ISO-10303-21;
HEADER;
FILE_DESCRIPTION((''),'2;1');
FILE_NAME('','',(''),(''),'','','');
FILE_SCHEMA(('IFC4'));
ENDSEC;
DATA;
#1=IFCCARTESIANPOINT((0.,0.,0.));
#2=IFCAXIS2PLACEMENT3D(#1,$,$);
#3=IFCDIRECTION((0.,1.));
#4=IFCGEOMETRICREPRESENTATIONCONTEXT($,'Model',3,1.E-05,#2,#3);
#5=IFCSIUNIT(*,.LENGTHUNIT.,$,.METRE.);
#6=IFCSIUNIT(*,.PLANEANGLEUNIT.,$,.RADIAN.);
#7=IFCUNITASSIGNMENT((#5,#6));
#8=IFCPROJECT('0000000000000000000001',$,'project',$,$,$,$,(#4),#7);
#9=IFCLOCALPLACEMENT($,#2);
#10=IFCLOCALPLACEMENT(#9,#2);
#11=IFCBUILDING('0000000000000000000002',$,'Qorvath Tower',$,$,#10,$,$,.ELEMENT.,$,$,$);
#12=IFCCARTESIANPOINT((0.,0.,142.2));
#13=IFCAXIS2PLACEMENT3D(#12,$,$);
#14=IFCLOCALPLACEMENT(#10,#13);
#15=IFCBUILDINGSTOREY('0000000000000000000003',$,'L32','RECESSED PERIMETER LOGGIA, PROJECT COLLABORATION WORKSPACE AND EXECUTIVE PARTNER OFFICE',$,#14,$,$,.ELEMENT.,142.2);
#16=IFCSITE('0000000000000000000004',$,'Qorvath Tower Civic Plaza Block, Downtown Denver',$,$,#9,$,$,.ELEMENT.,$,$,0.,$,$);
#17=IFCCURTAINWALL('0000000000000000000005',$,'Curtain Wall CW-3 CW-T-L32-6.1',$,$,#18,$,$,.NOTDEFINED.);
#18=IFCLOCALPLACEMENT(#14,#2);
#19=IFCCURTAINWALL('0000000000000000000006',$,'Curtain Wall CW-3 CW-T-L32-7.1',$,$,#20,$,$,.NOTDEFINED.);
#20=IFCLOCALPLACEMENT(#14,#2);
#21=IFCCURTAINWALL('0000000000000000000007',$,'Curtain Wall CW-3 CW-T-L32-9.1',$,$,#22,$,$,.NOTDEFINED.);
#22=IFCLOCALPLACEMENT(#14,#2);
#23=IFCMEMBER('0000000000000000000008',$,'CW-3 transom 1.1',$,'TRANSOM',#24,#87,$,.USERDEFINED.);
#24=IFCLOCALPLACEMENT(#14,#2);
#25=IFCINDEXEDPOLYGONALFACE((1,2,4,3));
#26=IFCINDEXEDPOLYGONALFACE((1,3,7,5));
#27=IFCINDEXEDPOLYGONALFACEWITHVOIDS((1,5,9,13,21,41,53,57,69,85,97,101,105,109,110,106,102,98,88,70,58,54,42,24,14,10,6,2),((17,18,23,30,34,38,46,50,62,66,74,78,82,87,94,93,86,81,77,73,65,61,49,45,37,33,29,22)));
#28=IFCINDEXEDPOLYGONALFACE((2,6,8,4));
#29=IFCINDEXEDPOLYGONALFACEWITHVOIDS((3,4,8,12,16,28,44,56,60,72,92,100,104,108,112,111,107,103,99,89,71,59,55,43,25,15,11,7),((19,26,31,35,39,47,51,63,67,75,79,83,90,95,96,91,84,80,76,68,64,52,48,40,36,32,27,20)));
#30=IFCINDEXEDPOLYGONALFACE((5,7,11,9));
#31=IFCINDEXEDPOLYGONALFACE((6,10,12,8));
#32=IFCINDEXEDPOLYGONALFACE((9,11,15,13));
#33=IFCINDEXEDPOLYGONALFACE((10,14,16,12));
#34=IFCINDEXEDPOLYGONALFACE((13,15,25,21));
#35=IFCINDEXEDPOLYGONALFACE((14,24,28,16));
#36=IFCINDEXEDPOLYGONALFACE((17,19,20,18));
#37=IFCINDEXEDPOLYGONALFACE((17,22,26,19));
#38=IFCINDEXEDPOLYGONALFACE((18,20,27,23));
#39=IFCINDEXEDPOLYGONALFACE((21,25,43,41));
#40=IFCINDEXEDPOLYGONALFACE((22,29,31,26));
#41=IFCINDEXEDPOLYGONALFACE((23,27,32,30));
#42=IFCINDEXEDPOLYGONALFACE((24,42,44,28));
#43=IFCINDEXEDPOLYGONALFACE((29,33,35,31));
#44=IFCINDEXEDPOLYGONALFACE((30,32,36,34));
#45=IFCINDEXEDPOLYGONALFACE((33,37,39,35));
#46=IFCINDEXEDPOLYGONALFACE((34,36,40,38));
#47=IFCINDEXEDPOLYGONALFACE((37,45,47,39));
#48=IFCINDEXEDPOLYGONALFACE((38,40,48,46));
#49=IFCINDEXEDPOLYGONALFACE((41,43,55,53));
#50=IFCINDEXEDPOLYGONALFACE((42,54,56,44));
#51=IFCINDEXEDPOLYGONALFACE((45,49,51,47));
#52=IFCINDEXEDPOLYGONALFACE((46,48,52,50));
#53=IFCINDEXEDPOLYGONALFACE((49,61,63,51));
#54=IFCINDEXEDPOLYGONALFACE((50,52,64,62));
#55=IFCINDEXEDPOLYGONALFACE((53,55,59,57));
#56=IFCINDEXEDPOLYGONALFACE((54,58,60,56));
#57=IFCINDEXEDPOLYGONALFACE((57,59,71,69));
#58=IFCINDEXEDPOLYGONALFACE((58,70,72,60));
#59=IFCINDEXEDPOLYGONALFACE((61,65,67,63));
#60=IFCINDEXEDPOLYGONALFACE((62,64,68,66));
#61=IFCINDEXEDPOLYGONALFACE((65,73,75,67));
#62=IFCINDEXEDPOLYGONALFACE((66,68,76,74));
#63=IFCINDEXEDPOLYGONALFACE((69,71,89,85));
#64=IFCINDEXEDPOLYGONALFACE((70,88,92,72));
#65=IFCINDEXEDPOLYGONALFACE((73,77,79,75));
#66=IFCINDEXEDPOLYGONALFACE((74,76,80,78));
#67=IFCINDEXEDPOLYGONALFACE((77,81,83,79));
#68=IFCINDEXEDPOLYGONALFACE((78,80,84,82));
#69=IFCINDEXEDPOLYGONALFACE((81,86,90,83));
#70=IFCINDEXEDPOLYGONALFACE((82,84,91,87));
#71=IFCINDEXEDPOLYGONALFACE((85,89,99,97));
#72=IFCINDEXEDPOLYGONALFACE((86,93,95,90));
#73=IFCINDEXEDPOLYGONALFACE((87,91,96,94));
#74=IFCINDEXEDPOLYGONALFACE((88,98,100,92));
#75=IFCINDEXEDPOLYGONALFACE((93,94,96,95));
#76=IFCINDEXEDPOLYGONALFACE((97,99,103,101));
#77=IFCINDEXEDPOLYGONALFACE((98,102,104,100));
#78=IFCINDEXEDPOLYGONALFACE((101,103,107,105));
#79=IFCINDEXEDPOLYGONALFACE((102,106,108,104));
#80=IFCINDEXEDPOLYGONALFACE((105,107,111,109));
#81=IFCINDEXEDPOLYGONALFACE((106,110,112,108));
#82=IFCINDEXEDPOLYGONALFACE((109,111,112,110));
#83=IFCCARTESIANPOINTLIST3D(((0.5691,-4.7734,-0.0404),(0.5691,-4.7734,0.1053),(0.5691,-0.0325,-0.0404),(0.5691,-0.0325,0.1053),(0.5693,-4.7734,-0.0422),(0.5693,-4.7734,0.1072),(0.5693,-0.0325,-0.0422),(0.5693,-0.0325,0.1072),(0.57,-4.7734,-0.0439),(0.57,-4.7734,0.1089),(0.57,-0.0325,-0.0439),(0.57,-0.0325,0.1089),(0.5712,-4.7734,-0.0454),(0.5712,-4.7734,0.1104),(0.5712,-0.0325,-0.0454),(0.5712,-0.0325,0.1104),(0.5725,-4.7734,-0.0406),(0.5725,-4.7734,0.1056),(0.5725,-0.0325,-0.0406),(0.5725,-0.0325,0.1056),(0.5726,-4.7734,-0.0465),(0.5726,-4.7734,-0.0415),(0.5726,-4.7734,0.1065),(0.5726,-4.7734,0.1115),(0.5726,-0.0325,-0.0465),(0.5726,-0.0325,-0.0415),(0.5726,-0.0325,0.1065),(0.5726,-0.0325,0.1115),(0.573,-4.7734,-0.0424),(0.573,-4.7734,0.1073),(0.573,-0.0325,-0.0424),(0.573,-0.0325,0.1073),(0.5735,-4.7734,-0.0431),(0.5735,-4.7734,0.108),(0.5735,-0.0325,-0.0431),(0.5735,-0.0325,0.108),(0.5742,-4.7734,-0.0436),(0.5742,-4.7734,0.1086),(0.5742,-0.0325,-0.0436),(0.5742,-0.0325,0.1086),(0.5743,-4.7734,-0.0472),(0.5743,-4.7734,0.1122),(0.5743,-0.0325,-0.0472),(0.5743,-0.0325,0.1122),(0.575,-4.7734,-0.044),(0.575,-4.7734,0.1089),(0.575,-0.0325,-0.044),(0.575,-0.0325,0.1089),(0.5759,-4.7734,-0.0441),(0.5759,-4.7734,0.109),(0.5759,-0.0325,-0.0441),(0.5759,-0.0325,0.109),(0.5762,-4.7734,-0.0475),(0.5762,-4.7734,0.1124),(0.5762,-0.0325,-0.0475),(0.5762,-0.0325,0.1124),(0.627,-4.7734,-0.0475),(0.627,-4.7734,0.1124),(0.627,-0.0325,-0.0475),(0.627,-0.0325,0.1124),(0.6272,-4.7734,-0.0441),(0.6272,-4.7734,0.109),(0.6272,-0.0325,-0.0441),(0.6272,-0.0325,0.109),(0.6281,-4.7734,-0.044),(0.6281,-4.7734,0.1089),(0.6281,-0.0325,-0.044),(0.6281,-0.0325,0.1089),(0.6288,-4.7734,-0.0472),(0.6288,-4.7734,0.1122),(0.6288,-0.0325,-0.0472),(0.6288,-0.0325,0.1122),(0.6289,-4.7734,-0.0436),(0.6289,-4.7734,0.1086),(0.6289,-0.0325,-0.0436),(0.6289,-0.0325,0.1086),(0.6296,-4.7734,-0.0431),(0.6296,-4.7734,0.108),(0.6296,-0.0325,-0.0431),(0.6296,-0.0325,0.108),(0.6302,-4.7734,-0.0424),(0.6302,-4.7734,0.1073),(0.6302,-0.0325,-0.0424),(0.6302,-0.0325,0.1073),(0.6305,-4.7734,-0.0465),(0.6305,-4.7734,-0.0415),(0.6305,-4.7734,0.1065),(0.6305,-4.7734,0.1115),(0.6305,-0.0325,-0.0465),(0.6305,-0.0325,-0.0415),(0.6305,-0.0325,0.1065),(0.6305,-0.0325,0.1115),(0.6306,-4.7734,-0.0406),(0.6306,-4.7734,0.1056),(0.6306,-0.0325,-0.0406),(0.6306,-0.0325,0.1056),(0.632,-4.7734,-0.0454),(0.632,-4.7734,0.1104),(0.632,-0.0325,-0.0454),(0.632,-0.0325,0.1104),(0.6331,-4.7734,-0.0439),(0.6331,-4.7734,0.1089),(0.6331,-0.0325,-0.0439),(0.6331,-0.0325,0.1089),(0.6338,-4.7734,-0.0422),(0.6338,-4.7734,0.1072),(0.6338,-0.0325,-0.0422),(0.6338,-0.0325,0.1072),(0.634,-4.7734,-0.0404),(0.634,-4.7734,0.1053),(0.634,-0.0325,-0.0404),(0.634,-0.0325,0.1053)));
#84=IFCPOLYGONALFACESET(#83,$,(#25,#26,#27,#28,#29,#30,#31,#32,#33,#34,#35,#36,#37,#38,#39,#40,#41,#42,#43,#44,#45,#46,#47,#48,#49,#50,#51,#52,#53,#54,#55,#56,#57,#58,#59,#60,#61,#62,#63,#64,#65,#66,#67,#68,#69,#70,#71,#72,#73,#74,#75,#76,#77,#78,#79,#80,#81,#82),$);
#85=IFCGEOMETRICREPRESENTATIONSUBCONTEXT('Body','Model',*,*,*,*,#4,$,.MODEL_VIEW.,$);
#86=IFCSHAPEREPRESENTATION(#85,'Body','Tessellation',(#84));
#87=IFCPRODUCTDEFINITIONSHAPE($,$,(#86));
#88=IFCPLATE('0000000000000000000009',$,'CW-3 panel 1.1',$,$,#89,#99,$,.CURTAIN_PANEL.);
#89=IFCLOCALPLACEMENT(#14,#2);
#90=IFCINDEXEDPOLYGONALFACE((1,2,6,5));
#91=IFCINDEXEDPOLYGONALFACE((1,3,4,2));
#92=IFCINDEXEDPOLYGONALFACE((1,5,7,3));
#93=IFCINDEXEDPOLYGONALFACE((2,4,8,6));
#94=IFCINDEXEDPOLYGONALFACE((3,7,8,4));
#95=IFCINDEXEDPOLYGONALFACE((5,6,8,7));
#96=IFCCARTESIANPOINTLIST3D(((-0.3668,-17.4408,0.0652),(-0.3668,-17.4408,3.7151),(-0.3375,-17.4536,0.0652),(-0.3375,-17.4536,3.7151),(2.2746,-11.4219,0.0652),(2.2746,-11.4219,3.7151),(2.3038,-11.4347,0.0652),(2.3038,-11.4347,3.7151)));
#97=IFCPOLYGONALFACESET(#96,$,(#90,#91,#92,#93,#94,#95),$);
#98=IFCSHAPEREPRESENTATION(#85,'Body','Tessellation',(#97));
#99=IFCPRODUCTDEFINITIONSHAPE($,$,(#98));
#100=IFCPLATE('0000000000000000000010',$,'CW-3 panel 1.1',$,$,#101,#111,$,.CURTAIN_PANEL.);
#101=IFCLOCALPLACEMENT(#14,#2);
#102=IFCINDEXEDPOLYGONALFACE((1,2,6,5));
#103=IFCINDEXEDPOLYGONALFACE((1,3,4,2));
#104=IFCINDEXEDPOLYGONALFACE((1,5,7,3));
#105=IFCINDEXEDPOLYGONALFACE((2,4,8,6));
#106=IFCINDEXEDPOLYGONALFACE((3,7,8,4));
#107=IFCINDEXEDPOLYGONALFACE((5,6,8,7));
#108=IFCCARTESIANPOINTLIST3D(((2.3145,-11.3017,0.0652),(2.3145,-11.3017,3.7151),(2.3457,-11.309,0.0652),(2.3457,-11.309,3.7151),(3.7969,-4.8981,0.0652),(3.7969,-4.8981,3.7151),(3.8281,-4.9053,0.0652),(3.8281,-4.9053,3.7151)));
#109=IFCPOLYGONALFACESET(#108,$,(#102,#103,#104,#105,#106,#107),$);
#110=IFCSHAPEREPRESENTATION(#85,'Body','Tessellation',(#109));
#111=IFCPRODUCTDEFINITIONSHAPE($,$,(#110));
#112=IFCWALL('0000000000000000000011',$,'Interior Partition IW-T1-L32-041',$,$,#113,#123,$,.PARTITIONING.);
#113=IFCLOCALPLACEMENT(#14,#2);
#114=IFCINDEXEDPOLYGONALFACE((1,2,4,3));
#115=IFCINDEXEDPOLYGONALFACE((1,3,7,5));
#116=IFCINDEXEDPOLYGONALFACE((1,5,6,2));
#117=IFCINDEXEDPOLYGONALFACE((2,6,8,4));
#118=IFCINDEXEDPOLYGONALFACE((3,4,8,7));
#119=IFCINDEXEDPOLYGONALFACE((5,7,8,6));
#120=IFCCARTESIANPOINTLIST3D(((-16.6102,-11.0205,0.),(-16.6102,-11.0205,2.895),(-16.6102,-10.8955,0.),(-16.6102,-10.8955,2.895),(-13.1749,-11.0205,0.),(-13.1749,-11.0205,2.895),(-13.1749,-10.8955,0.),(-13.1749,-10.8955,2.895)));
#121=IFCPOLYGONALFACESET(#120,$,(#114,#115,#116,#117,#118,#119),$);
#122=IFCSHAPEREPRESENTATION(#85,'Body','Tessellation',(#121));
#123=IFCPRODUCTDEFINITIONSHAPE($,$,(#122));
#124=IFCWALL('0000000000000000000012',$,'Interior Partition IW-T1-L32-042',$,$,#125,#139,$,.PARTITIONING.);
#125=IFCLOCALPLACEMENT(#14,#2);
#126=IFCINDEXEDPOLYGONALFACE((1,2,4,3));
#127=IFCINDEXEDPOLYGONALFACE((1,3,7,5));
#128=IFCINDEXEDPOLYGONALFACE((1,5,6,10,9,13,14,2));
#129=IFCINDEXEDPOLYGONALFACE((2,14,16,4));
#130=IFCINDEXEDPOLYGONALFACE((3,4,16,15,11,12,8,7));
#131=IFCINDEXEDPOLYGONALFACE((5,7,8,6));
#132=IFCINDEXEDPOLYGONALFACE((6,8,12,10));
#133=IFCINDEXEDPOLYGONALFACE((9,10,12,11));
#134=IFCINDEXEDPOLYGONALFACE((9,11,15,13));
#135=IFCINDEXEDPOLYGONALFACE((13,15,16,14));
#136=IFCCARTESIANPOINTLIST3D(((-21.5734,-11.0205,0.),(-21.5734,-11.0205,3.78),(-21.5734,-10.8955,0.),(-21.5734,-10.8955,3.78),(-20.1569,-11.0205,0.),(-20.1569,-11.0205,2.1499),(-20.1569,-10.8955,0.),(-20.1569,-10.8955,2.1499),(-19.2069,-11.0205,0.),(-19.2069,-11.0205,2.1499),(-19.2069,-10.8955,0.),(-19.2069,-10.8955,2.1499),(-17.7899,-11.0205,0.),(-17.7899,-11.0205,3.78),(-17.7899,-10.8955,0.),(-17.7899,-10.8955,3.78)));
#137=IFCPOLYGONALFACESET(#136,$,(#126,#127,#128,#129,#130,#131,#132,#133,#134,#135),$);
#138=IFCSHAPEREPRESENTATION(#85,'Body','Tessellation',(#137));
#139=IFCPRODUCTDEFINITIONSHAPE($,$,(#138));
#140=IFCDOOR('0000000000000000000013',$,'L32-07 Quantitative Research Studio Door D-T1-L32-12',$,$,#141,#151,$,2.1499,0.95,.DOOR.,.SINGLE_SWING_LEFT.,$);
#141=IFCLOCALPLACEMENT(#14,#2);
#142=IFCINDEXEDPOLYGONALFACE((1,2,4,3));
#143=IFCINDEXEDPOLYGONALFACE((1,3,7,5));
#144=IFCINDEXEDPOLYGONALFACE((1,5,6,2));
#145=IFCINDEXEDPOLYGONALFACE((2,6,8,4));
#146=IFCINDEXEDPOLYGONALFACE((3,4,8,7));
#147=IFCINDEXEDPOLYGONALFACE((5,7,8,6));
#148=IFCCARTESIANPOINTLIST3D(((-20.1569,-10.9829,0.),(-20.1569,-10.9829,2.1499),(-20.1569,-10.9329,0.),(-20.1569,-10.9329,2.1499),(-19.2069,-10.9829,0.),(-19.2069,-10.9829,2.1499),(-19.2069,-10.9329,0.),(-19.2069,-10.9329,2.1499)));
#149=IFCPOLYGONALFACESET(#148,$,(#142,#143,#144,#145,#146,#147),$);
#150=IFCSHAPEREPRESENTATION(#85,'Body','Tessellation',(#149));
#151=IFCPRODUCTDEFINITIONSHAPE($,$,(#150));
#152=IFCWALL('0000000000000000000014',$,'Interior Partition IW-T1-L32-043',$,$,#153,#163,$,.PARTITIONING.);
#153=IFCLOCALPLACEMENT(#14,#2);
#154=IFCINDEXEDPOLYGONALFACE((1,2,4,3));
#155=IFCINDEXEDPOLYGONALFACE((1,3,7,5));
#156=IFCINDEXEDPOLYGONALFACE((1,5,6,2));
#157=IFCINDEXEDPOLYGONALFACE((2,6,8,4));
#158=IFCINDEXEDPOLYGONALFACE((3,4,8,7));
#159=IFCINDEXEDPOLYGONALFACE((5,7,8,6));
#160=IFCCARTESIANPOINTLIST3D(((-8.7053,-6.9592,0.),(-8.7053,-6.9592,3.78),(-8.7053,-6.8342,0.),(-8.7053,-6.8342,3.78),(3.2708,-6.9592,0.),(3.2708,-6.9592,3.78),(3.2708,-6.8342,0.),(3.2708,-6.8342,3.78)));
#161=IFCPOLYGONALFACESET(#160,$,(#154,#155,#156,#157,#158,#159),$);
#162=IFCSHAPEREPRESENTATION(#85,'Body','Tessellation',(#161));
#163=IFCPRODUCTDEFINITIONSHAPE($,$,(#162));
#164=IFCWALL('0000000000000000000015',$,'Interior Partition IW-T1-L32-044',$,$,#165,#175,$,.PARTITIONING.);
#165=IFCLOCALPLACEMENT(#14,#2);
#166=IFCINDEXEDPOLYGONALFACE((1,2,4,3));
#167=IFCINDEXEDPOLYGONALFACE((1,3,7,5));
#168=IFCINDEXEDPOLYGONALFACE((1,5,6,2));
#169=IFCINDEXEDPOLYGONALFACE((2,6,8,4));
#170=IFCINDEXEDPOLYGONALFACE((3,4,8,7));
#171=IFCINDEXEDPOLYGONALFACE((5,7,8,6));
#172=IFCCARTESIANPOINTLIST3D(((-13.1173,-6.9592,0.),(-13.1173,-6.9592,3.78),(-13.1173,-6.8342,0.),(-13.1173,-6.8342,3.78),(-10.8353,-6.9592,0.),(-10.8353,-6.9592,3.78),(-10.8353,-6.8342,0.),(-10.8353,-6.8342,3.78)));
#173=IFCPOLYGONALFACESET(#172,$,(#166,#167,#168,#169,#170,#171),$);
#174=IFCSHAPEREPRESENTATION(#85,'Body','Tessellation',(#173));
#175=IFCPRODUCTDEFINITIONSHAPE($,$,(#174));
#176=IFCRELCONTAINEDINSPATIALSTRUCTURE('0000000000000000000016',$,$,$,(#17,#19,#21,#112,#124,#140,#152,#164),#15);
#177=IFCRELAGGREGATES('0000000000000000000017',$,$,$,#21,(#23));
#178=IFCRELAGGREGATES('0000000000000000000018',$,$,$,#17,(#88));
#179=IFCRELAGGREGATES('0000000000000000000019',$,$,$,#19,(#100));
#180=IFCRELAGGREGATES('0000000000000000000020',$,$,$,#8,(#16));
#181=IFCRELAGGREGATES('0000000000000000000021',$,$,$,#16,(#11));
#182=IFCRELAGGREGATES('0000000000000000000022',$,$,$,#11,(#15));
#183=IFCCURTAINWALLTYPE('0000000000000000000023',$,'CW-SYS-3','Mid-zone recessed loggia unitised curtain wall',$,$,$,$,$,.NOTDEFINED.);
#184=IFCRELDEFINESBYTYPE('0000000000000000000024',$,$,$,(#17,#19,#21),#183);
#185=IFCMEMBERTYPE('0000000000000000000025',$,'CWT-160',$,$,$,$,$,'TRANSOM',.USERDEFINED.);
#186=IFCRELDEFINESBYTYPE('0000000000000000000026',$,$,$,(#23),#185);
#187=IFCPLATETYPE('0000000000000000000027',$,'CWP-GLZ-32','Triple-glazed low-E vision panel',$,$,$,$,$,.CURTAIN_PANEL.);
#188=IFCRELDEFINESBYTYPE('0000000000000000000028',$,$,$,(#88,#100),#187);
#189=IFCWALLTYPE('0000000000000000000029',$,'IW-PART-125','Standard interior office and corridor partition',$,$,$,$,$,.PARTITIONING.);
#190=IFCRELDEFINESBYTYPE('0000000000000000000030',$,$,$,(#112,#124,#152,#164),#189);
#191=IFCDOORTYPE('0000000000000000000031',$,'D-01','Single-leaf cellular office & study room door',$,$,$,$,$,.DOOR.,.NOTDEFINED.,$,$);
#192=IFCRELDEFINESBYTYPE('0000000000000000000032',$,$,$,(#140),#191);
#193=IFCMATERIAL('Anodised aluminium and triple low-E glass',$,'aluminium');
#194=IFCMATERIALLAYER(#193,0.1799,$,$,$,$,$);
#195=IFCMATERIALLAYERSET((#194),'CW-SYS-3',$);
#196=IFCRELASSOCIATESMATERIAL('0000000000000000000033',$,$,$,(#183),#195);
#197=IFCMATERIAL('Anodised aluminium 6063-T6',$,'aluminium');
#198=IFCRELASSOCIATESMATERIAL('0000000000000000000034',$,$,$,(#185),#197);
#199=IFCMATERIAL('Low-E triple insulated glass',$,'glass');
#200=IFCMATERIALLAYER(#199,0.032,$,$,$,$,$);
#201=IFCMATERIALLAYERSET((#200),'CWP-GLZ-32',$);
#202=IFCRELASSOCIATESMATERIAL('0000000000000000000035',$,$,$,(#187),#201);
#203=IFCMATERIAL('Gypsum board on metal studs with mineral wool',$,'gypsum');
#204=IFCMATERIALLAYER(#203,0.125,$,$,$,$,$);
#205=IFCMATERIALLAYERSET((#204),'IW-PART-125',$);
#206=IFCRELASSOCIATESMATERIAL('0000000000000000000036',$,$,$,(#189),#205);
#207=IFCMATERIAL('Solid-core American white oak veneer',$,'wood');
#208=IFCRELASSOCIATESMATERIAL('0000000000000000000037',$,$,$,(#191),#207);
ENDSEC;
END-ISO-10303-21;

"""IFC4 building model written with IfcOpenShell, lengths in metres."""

from ifc_helpers import new_model, si_unit, direction, frame, frame_2d, origin, origin_2d, place, context, subcontext, project, spatial, rectangle, hollow_rectangle, extrude, material, layer, layer_set, material_profile, profile_set, type_object, element, fill, aggregate, save


model = new_model("IFC4")

# Units and contexts
model_context = context("Model", 3, precision=1e-05, world=origin(), true_north=direction((0.0, 1.0)))
body_context = subcontext(model_context, "Body", "Model", "MODEL_VIEW")
ifc_project = project(units=[si_unit("LENGTHUNIT", "METRE"), si_unit("PLANEANGLEUNIT", "RADIAN")], contexts=[model_context])

# Site, building, storey
site_placement = place(None, origin())
site = spatial("IfcSite", under=ifc_project, at=site_placement, Name="Qorvath Tower Civic Plaza Block, Downtown Denver", CompositionType="ELEMENT", RefElevation=0.0)
building_placement = place(site_placement, origin())
building = spatial("IfcBuilding", under=site, at=building_placement, Name="Qorvath Tower", CompositionType="ELEMENT")
storey_placement = place(building_placement, frame((0.0, 0.0, 142.2)))
storey = spatial("IfcBuildingStorey", under=building, at=storey_placement, Name="L32", Description="RECESSED PERIMETER LOGGIA, PROJECT COLLABORATION WORKSPACE AND EXECUTIVE PARTNER OFFICE", CompositionType="ELEMENT", Elevation=142.2)

# Curtain walls
ifc_material_1 = material(Name="Anodised aluminium and triple low-E glass", Category="aluminium")
ifc_layer_1 = layer(ifc_material_1, 0.1799)
ifc_layer_set_1 = layer_set([ifc_layer_1], Name="CW-SYS-3")
curtain_wall_type = type_object("IfcCurtainWallType", Name="CW-SYS-3", Description="Mid-zone recessed loggia unitised curtain wall", PredefinedType="NOTDEFINED", material=ifc_layer_set_1)
curtain_wall_1_placement = place(storey_placement, origin())
curtain_wall_1 = element("IfcCurtainWall", 1, at=curtain_wall_1_placement, inside=storey, type_object=curtain_wall_type, Name="Curtain Wall CW-3 CW-T-L32-6.1", PredefinedType="NOTDEFINED")
curtain_wall_2_placement = place(storey_placement, origin())
curtain_wall_2 = element("IfcCurtainWall", 2, at=curtain_wall_2_placement, inside=storey, type_object=curtain_wall_type, Name="Curtain Wall CW-3 CW-T-L32-7.1", PredefinedType="NOTDEFINED")

# Curtain wall
curtain_wall_3_placement = place(storey_placement, origin())
curtain_wall_3 = element("IfcCurtainWall", 3, at=curtain_wall_3_placement, inside=storey, type_object=curtain_wall_type, Name="Curtain Wall CW-3 CW-T-L32-9.1", PredefinedType="NOTDEFINED")

# Member
ifc_material_2 = material(Name="Anodised aluminium 6063-T6", Category="aluminium")
ifc_material_profile_1 = material_profile(ifc_material_2, hollow_rectangle(XDim=0.0649, YDim=0.1599, WallThickness=0.0034, InnerFilletRadius=0.0034, OuterFilletRadius=0.0071, at=origin_2d()), Name="CWT 160x65")
ifc_profile_set_1 = profile_set([ifc_material_profile_1], Name="Anodised aluminium 6063-T6")
member_type_1 = type_object("IfcMemberType", Name="CWT-160", ElementType="TRANSOM", PredefinedType="USERDEFINED", material=ifc_profile_set_1)
member_1_placement = place(storey_placement, frame((0.6016, -4.7734, 0.0325), z_axis=(0.0, 1.0, 0.0), x_axis=(-1.0, 0.0, 0.0)))
member_1 = element("IfcMember", 4, at=member_1_placement, type_object=member_type_1, Name="CW-3 transom 1.1", ObjectType="TRANSOM", PredefinedType="USERDEFINED", context=body_context, shape_type="SweptSolid", body=[
    extrude(hollow_rectangle(XDim=0.0649, YDim=0.1599, WallThickness=0.0034, InnerFilletRadius=0.0034, OuterFilletRadius=0.0071, at=origin_2d()), origin(), (0.0, 0.0, 1.0), 4.741),
])
aggregate(curtain_wall_3, [member_1])

# Plates
ifc_material_3 = material(Name="Low-E triple insulated glass", Category="glass")
ifc_layer_2 = layer(ifc_material_3, 0.032)
ifc_layer_set_2 = layer_set([ifc_layer_2], Name="CWP-GLZ-32")
plate_type = type_object("IfcPlateType", Name="CWP-GLZ-32", Description="Triple-glazed low-E vision panel", PredefinedType="CURTAIN_PANEL", material=ifc_layer_set_2)
plate_1_placement = place(storey_placement, frame((0.9685, -14.4377, 0.0652), z_axis=(0.0, 0.0, 1.0), x_axis=(0.401854, 0.915704, 0.0)))
plate_1 = element("IfcPlate", 5, at=plate_1_placement, type_object=plate_type, Name="CW-3 panel 1.1", PredefinedType="CURTAIN_PANEL", context=body_context, shape_type="SweptSolid", body=[
    extrude(rectangle(XDim=6.573, YDim=0.032, at=origin_2d()), origin(), (0.0, 0.0, 1.0), 3.6499),
])
aggregate(curtain_wall_1, [plate_1])
plate_2_placement = place(storey_placement, frame((3.0713, -8.1035, 0.0652), z_axis=(0.0, 0.0, 1.0), x_axis=(0.225526, 0.974237, 0.0)))
plate_2 = element("IfcPlate", 6, at=plate_2_placement, type_object=plate_type, Name="CW-3 panel 1.1", PredefinedType="CURTAIN_PANEL", context=body_context, shape_type="SweptSolid", body=[
    extrude(rectangle(XDim=6.573, YDim=0.032, at=origin_2d()), origin(), (0.0, 0.0, 1.0), 3.6499),
])
aggregate(curtain_wall_2, [plate_2])

# Wall
ifc_material_4 = material(Name="Gypsum board on metal studs with mineral wool", Category="gypsum")
ifc_layer_3 = layer(ifc_material_4, 0.125)
ifc_layer_set_3 = layer_set([ifc_layer_3], Name="IW-PART-125")
wall_type_1 = type_object("IfcWallType", Name="IW-PART-125", Description="Standard interior office and corridor partition", PredefinedType="PARTITIONING", material=ifc_layer_set_3)
wall_1_placement = place(storey_placement, frame((-13.1748, -10.958, 0.0), z_axis=(0.0, 0.0, 1.0), x_axis=(-1.0, 0.0, 0.0)))
element("IfcWall", 7, at=wall_1_placement, inside=storey, type_object=wall_type_1, Name="Interior Partition IW-T1-L32-041", PredefinedType="PARTITIONING", context=body_context, shape_type="SweptSolid", body=[
    extrude(rectangle(XDim=3.4353, YDim=0.125, at=frame_2d((1.7178, 0.0))), origin(), (0.0, 0.0, 1.0), 2.895),
])

# Wall, opening, door
wall_2_placement = place(storey_placement, frame((-17.79, -10.958, 0.0), z_axis=(0.0, 0.0, 1.0), x_axis=(-1.0, 0.0, 0.0)))
wall_2 = element("IfcWall", 8, at=wall_2_placement, inside=storey, type_object=wall_type_1, Name="Interior Partition IW-T1-L32-042", PredefinedType="PARTITIONING", context=body_context, shape_type="SweptSolid", body=[
    extrude(rectangle(XDim=3.7834, YDim=0.125, at=frame_2d((1.8916, 0.0))), origin(), (0.0, 0.0, 1.0), 3.78),
])
opening_1_placement = place(wall_2_placement, frame((1.4167, 0.0, 0.0)))
opening_1 = element("IfcOpeningElement", 9, at=opening_1_placement, cuts=wall_2, PredefinedType="OPENING", context=body_context, shape_type="SweptSolid", body=[
    extrude(rectangle(XDim=0.95, YDim=2.1499, at=frame_2d((0.4751, 1.075))), frame((0.0, 0.0725, 0.0), z_axis=(0.0, -1.0, 0.0), x_axis=(1.0, 0.0, 0.0)), (0.0, 0.0, 1.0), 0.145),
])
ifc_material_5 = material(Name="Solid-core American white oak veneer", Category="wood")
door_type = type_object("IfcDoorType", Name="D-01", Description="Single-leaf cellular office & study room door", OperationType="NOTDEFINED", PredefinedType="DOOR", material=ifc_material_5)
door_1_placement = place(opening_1_placement, origin())
door_1 = element("IfcDoor", 10, at=door_1_placement, inside=storey, type_object=door_type, Name="L32-07 Quantitative Research Studio Door D-T1-L32-12", OperationType="SINGLE_SWING_LEFT", OverallHeight=2.1499, OverallWidth=0.95, PredefinedType="DOOR", context=body_context, shape_type="SweptSolid", body=[
    extrude(rectangle(XDim=0.95, YDim=2.1499, at=frame_2d((0.4751, 1.075))), frame((0.0, 0.0249, 0.0), z_axis=(0.0, -1.0, 0.0), x_axis=(1.0, 0.0, 0.0)), (0.0, 0.0, 1.0), 0.05),
])
fill(opening_1, door_1)

# Walls
wall_3_placement = place(storey_placement, frame((3.2708, -6.8967, 0.0), z_axis=(0.0, 0.0, 1.0), x_axis=(-1.0, 0.0, 0.0)))
element("IfcWall", 11, at=wall_3_placement, inside=storey, type_object=wall_type_1, Name="Interior Partition IW-T1-L32-043", PredefinedType="PARTITIONING", context=body_context, shape_type="SweptSolid", body=[
    extrude(rectangle(XDim=11.9761, YDim=0.125, at=frame_2d((5.988, 0.0))), origin(), (0.0, 0.0, 1.0), 3.78),
])
wall_4_placement = place(storey_placement, frame((-10.8352, -6.8967, 0.0), z_axis=(0.0, 0.0, 1.0), x_axis=(-1.0, 0.0, 0.0)))
element("IfcWall", 12, at=wall_4_placement, inside=storey, type_object=wall_type_1, Name="Interior Partition IW-T1-L32-044", PredefinedType="PARTITIONING", context=body_context, shape_type="SweptSolid", body=[
    extrude(rectangle(XDim=2.282, YDim=0.125, at=frame_2d((1.1411, 0.0))), origin(), (0.0, 0.0, 1.0), 3.78),
])

save(model, "model.ifc")
